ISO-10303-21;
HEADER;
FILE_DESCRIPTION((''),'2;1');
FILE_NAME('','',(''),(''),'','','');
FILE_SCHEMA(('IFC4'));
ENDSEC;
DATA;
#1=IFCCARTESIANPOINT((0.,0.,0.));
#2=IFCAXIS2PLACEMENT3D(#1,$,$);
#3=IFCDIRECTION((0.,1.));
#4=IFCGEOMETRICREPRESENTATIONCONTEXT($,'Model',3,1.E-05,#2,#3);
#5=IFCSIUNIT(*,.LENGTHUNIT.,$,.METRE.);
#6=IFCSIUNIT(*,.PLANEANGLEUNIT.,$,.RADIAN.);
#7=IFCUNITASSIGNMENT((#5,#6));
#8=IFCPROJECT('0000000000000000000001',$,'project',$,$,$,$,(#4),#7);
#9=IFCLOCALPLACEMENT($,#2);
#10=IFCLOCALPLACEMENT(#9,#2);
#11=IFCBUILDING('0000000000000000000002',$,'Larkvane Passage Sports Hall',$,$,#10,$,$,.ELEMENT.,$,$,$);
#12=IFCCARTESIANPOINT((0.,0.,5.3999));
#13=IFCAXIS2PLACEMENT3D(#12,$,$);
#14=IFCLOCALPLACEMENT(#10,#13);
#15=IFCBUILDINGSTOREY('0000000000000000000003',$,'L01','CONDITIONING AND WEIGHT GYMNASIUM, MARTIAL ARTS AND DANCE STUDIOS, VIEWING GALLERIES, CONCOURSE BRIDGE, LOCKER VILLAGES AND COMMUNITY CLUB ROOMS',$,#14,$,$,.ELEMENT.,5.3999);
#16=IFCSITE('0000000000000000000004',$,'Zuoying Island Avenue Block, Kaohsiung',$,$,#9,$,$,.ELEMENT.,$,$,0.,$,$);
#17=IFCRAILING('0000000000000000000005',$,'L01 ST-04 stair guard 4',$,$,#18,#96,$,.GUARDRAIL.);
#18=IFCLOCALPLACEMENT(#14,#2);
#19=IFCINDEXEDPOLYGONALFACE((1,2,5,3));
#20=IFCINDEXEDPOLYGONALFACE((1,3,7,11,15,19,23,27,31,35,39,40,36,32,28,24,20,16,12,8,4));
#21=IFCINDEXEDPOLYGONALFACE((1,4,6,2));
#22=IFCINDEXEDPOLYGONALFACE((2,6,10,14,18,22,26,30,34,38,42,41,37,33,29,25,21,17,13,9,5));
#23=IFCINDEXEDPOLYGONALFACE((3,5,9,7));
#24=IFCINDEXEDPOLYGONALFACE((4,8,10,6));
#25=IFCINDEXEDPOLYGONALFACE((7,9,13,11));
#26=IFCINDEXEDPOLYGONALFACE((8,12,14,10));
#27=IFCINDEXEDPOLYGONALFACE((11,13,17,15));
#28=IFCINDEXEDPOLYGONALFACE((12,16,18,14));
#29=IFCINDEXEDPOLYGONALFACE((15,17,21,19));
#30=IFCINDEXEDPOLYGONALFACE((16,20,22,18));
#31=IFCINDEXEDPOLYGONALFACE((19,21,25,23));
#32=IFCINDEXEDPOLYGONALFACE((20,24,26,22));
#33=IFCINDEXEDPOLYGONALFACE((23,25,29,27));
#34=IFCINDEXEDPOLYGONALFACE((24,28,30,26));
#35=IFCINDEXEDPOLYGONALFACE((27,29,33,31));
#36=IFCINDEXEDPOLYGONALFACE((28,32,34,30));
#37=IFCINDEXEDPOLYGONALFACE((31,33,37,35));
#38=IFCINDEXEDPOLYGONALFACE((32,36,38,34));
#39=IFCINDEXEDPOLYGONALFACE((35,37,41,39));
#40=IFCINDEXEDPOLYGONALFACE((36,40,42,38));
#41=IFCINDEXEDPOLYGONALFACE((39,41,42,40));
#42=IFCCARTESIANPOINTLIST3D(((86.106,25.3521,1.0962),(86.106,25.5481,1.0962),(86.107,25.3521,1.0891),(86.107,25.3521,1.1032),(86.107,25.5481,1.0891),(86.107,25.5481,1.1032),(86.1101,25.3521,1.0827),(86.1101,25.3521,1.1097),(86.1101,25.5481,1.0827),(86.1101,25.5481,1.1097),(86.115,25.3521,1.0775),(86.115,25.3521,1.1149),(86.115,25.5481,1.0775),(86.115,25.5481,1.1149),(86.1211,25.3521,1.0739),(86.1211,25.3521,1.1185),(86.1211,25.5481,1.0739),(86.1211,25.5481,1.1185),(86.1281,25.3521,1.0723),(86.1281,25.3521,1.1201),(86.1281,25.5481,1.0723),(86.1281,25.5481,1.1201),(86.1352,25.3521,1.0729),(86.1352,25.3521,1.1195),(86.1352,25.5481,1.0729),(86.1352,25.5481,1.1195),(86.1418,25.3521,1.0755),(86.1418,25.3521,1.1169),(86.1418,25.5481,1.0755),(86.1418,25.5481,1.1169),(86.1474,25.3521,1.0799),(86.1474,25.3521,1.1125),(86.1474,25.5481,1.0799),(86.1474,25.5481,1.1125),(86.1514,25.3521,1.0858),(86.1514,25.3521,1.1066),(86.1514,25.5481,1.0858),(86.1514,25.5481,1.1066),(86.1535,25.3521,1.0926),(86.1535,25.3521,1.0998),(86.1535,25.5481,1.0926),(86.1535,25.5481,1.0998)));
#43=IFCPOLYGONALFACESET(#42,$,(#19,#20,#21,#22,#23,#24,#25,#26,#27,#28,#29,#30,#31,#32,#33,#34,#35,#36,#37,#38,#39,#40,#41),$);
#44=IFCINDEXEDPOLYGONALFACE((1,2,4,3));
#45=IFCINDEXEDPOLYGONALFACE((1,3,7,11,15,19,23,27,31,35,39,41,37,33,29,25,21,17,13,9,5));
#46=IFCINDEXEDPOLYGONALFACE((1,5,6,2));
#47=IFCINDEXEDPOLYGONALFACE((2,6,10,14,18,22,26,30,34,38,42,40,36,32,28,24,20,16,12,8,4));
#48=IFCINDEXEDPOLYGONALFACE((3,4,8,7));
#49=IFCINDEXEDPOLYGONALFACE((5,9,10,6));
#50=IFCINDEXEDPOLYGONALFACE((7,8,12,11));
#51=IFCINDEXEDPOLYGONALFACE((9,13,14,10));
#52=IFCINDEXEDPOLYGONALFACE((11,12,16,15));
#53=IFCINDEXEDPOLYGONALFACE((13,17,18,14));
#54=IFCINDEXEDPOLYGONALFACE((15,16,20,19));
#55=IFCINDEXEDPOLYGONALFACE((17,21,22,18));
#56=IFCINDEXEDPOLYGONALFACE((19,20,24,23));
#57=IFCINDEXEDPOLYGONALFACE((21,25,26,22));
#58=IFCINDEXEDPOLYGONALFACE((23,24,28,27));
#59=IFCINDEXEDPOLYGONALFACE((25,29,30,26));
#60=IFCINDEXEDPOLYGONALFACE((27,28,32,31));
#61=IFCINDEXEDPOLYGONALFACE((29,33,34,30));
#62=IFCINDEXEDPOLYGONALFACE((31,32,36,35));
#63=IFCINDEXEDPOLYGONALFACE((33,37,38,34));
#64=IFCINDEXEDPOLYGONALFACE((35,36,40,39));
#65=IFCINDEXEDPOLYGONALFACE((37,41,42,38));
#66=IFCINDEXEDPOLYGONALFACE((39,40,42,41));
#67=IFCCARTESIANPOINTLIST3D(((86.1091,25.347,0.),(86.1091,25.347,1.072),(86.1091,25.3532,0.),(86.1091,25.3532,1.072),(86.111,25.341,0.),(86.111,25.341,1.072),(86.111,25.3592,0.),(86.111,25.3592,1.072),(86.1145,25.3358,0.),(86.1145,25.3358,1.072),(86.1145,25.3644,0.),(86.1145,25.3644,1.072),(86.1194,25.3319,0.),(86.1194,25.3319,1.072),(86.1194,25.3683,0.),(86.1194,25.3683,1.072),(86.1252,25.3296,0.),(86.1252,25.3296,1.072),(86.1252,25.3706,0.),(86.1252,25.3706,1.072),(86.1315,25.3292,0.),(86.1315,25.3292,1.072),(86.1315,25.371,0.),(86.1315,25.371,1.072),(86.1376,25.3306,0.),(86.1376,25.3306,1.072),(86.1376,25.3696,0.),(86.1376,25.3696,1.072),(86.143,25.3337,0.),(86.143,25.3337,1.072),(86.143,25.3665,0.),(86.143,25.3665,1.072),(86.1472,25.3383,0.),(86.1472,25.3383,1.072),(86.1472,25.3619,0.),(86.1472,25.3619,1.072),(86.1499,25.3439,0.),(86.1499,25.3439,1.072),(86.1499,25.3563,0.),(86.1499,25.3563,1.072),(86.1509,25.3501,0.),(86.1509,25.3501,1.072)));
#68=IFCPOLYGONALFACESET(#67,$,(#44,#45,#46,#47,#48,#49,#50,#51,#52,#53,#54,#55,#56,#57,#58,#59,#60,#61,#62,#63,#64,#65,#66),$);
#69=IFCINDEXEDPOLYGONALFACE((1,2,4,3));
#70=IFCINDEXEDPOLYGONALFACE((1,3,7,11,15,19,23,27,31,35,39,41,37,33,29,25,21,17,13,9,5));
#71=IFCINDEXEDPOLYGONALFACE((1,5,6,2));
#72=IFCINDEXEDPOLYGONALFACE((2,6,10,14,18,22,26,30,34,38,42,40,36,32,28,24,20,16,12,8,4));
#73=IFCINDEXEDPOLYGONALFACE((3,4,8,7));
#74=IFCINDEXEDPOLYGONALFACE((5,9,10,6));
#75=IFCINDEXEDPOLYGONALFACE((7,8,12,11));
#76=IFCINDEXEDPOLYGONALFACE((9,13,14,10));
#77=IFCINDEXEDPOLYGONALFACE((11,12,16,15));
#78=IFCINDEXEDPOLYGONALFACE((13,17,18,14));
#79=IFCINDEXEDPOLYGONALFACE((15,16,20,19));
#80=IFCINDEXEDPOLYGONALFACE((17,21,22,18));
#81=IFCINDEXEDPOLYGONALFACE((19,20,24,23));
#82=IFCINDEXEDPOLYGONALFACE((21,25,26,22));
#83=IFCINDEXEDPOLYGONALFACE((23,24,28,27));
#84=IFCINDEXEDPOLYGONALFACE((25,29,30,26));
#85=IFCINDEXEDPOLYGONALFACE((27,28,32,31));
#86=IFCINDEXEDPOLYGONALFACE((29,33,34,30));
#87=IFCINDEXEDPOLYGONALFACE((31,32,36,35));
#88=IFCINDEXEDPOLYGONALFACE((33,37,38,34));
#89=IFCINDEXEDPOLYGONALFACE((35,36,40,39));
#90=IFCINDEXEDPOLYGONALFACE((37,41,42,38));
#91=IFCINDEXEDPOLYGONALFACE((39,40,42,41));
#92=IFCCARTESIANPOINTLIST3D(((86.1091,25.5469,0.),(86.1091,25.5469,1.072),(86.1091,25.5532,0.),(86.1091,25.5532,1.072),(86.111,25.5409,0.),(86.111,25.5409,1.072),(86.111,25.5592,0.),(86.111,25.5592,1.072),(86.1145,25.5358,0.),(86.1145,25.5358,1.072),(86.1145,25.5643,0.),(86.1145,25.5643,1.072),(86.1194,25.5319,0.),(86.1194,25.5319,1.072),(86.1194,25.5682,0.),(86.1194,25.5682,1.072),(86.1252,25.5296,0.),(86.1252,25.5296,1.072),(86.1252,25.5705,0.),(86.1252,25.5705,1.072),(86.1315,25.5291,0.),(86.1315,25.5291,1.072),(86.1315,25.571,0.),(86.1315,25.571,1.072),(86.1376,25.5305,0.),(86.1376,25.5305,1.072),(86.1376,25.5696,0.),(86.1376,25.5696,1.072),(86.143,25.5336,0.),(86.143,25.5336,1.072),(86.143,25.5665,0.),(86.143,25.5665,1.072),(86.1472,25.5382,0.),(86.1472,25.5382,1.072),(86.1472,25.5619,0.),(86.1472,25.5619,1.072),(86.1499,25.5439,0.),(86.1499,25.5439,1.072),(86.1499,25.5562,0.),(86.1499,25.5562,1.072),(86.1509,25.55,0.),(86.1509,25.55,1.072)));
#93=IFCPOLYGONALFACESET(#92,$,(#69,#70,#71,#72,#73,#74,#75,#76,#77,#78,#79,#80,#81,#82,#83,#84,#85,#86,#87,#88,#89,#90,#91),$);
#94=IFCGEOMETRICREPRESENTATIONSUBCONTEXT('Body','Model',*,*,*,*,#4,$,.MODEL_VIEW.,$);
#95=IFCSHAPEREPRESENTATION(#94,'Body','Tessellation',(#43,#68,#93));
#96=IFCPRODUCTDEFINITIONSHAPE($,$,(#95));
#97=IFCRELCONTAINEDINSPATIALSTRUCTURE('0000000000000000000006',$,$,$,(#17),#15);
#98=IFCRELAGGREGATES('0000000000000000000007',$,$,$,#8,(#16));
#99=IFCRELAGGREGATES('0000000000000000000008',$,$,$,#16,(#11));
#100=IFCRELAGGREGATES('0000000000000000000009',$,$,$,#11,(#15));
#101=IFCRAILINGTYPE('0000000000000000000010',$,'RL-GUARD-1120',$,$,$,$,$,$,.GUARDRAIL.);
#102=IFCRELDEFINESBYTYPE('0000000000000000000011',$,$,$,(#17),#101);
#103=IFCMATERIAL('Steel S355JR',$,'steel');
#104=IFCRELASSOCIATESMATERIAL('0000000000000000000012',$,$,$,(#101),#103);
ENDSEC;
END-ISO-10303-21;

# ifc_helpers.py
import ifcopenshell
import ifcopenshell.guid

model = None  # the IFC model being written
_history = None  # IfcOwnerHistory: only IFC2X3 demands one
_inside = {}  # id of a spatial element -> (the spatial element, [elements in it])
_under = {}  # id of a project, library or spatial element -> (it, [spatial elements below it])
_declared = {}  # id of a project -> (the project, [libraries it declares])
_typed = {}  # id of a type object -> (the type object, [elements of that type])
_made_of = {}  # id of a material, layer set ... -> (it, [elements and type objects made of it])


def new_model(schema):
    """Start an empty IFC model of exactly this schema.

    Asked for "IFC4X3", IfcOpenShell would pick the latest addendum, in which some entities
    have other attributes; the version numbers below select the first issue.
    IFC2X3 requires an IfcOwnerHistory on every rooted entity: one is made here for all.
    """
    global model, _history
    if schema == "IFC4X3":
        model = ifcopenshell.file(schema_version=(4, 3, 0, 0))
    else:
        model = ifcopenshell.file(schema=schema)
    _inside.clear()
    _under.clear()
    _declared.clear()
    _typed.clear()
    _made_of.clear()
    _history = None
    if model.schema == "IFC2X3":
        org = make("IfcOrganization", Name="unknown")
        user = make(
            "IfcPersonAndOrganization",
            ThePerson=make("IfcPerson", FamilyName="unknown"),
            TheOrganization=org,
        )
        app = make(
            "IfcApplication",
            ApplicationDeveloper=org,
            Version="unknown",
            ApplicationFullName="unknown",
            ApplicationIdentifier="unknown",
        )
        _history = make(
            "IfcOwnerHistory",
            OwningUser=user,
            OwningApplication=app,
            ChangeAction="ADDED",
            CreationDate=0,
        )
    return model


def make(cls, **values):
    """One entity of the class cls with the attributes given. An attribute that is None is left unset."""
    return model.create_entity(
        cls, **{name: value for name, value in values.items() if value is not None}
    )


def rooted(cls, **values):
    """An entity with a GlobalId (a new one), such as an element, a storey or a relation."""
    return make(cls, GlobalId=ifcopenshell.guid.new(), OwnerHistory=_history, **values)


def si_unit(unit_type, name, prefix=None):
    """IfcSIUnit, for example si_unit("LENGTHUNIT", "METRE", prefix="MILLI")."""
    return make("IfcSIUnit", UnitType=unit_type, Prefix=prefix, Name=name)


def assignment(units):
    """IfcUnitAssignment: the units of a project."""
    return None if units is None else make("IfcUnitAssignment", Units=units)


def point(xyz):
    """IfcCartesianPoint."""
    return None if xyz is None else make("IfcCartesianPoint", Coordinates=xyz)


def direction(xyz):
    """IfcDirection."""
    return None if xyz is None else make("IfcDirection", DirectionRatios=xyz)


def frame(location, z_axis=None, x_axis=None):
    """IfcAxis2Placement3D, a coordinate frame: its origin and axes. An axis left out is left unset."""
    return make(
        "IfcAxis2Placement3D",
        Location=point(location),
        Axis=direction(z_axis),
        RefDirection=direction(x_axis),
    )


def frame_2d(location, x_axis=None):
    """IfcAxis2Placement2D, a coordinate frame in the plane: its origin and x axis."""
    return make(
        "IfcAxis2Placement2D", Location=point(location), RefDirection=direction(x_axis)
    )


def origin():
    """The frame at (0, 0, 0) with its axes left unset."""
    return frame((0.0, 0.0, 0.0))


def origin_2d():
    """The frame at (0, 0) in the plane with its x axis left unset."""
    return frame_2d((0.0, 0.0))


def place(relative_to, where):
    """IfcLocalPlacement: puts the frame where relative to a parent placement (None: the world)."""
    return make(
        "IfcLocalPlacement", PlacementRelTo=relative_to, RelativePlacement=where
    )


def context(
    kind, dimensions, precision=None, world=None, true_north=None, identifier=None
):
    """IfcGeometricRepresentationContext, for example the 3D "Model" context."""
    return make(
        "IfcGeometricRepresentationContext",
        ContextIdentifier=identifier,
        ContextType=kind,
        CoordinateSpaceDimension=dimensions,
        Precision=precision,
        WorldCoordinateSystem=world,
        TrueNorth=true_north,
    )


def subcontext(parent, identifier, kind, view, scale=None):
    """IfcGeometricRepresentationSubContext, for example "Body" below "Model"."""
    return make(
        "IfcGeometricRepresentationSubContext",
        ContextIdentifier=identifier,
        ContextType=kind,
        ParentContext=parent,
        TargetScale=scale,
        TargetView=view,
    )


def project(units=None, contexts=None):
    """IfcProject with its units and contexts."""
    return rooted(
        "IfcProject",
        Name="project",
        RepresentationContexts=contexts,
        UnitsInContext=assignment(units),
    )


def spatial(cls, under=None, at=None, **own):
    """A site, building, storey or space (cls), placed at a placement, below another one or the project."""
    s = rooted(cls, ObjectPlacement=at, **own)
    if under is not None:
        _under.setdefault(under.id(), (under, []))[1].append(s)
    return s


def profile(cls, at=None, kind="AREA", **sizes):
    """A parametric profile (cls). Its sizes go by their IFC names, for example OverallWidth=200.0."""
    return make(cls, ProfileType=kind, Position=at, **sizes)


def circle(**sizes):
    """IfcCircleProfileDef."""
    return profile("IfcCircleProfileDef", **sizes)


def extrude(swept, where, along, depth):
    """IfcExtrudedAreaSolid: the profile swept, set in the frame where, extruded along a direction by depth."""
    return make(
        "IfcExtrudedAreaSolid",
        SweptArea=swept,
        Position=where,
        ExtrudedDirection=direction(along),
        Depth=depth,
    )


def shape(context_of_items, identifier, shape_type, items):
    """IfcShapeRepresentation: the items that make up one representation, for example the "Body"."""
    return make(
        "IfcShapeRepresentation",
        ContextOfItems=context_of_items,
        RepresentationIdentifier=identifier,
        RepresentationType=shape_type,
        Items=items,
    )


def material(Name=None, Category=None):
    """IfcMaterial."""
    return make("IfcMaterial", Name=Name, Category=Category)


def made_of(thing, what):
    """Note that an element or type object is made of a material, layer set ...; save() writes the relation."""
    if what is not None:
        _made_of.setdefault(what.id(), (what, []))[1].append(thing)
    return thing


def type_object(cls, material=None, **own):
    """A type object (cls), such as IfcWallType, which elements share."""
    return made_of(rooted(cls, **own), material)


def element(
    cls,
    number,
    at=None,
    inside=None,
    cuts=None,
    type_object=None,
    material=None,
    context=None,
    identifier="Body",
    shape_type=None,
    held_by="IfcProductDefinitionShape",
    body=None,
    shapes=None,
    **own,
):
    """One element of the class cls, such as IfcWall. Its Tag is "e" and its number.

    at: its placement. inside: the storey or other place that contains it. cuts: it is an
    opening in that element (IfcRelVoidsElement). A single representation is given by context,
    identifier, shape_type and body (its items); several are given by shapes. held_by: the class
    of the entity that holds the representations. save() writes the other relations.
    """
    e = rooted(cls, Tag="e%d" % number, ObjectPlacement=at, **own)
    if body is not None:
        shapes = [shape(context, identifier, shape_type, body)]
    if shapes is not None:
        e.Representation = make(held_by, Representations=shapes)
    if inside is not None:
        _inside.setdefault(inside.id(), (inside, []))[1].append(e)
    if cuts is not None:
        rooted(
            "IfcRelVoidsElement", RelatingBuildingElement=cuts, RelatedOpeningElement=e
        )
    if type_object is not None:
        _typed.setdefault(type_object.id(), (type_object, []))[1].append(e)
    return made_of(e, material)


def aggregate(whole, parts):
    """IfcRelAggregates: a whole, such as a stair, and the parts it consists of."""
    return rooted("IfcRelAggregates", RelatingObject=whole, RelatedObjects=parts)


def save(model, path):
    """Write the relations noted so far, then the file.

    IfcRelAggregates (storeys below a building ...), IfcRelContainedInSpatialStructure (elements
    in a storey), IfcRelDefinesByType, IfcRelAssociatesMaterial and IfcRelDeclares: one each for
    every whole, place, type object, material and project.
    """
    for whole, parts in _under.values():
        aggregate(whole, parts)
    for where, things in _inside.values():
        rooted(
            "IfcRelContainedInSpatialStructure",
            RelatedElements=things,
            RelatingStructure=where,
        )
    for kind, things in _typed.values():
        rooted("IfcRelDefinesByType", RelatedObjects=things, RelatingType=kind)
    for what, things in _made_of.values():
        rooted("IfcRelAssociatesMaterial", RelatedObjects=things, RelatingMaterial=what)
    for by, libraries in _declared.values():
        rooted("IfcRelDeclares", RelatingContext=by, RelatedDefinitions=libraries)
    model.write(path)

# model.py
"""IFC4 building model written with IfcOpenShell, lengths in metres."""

from ifc_helpers import new_model, si_unit, direction, frame, origin, origin_2d, place, context, subcontext, project, spatial, circle, extrude, material, type_object, element, save


model = new_model("IFC4")

# Units and contexts
model_context = context("Model", 3, precision=1e-05, world=origin(), true_north=direction((0.0, 1.0)))
body_context = subcontext(model_context, "Body", "Model", "MODEL_VIEW")
ifc_project = project(units=[si_unit("LENGTHUNIT", "METRE"), si_unit("PLANEANGLEUNIT", "RADIAN")], contexts=[model_context])

# Site, building, storey
site_placement = place(None, origin())
site = spatial("IfcSite", under=ifc_project, at=site_placement, Name="Zuoying Island Avenue Block, Kaohsiung", CompositionType="ELEMENT", RefElevation=0.0)
building_placement = place(site_placement, origin())
building = spatial("IfcBuilding", under=site, at=building_placement, Name="Larkvane Passage Sports Hall", CompositionType="ELEMENT")
storey_placement = place(building_placement, frame((0.0, 0.0, 5.3999)))
storey = spatial("IfcBuildingStorey", under=building, at=storey_placement, Name="L01", Description="CONDITIONING AND WEIGHT GYMNASIUM, MARTIAL ARTS AND DANCE STUDIOS, VIEWING GALLERIES, CONCOURSE BRIDGE, LOCKER VILLAGES AND COMMUNITY CLUB ROOMS", CompositionType="ELEMENT", Elevation=5.3999)

# Shared definitions
ifc_material_1 = material(Name="Steel S355JR", Category="steel")

# Railing
railing_type_1 = type_object("IfcRailingType", Name="RL-GUARD-1120", PredefinedType="GUARDRAIL", material=ifc_material_1)
railing_1_placement = place(storey_placement, frame((86.1299, 25.3501, 0.0)))
element("IfcRailing", 1, at=railing_1_placement, inside=storey, type_object=railing_type_1, Name="L01 ST-04 stair guard 4", PredefinedType="GUARDRAIL", context=body_context, shape_type="SweptSolid", body=[
    extrude(circle(Radius=0.0239, at=origin_2d()), frame((0.0, 0.002, 1.0962), z_axis=(0.0, 1.0, 0.0), x_axis=(-1.0, 0.0, 0.0)), (0.0, 0.0, 1.0), 0.196),
    extrude(circle(Radius=0.021, at=origin_2d()), origin(), (0.0, 0.0, 1.0), 1.072),
    extrude(circle(Radius=0.021, at=origin_2d()), frame((0.0, 0.2, 0.0)), (0.0, 0.0, 1.0), 1.072),
])

save(model, "model.ifc")
